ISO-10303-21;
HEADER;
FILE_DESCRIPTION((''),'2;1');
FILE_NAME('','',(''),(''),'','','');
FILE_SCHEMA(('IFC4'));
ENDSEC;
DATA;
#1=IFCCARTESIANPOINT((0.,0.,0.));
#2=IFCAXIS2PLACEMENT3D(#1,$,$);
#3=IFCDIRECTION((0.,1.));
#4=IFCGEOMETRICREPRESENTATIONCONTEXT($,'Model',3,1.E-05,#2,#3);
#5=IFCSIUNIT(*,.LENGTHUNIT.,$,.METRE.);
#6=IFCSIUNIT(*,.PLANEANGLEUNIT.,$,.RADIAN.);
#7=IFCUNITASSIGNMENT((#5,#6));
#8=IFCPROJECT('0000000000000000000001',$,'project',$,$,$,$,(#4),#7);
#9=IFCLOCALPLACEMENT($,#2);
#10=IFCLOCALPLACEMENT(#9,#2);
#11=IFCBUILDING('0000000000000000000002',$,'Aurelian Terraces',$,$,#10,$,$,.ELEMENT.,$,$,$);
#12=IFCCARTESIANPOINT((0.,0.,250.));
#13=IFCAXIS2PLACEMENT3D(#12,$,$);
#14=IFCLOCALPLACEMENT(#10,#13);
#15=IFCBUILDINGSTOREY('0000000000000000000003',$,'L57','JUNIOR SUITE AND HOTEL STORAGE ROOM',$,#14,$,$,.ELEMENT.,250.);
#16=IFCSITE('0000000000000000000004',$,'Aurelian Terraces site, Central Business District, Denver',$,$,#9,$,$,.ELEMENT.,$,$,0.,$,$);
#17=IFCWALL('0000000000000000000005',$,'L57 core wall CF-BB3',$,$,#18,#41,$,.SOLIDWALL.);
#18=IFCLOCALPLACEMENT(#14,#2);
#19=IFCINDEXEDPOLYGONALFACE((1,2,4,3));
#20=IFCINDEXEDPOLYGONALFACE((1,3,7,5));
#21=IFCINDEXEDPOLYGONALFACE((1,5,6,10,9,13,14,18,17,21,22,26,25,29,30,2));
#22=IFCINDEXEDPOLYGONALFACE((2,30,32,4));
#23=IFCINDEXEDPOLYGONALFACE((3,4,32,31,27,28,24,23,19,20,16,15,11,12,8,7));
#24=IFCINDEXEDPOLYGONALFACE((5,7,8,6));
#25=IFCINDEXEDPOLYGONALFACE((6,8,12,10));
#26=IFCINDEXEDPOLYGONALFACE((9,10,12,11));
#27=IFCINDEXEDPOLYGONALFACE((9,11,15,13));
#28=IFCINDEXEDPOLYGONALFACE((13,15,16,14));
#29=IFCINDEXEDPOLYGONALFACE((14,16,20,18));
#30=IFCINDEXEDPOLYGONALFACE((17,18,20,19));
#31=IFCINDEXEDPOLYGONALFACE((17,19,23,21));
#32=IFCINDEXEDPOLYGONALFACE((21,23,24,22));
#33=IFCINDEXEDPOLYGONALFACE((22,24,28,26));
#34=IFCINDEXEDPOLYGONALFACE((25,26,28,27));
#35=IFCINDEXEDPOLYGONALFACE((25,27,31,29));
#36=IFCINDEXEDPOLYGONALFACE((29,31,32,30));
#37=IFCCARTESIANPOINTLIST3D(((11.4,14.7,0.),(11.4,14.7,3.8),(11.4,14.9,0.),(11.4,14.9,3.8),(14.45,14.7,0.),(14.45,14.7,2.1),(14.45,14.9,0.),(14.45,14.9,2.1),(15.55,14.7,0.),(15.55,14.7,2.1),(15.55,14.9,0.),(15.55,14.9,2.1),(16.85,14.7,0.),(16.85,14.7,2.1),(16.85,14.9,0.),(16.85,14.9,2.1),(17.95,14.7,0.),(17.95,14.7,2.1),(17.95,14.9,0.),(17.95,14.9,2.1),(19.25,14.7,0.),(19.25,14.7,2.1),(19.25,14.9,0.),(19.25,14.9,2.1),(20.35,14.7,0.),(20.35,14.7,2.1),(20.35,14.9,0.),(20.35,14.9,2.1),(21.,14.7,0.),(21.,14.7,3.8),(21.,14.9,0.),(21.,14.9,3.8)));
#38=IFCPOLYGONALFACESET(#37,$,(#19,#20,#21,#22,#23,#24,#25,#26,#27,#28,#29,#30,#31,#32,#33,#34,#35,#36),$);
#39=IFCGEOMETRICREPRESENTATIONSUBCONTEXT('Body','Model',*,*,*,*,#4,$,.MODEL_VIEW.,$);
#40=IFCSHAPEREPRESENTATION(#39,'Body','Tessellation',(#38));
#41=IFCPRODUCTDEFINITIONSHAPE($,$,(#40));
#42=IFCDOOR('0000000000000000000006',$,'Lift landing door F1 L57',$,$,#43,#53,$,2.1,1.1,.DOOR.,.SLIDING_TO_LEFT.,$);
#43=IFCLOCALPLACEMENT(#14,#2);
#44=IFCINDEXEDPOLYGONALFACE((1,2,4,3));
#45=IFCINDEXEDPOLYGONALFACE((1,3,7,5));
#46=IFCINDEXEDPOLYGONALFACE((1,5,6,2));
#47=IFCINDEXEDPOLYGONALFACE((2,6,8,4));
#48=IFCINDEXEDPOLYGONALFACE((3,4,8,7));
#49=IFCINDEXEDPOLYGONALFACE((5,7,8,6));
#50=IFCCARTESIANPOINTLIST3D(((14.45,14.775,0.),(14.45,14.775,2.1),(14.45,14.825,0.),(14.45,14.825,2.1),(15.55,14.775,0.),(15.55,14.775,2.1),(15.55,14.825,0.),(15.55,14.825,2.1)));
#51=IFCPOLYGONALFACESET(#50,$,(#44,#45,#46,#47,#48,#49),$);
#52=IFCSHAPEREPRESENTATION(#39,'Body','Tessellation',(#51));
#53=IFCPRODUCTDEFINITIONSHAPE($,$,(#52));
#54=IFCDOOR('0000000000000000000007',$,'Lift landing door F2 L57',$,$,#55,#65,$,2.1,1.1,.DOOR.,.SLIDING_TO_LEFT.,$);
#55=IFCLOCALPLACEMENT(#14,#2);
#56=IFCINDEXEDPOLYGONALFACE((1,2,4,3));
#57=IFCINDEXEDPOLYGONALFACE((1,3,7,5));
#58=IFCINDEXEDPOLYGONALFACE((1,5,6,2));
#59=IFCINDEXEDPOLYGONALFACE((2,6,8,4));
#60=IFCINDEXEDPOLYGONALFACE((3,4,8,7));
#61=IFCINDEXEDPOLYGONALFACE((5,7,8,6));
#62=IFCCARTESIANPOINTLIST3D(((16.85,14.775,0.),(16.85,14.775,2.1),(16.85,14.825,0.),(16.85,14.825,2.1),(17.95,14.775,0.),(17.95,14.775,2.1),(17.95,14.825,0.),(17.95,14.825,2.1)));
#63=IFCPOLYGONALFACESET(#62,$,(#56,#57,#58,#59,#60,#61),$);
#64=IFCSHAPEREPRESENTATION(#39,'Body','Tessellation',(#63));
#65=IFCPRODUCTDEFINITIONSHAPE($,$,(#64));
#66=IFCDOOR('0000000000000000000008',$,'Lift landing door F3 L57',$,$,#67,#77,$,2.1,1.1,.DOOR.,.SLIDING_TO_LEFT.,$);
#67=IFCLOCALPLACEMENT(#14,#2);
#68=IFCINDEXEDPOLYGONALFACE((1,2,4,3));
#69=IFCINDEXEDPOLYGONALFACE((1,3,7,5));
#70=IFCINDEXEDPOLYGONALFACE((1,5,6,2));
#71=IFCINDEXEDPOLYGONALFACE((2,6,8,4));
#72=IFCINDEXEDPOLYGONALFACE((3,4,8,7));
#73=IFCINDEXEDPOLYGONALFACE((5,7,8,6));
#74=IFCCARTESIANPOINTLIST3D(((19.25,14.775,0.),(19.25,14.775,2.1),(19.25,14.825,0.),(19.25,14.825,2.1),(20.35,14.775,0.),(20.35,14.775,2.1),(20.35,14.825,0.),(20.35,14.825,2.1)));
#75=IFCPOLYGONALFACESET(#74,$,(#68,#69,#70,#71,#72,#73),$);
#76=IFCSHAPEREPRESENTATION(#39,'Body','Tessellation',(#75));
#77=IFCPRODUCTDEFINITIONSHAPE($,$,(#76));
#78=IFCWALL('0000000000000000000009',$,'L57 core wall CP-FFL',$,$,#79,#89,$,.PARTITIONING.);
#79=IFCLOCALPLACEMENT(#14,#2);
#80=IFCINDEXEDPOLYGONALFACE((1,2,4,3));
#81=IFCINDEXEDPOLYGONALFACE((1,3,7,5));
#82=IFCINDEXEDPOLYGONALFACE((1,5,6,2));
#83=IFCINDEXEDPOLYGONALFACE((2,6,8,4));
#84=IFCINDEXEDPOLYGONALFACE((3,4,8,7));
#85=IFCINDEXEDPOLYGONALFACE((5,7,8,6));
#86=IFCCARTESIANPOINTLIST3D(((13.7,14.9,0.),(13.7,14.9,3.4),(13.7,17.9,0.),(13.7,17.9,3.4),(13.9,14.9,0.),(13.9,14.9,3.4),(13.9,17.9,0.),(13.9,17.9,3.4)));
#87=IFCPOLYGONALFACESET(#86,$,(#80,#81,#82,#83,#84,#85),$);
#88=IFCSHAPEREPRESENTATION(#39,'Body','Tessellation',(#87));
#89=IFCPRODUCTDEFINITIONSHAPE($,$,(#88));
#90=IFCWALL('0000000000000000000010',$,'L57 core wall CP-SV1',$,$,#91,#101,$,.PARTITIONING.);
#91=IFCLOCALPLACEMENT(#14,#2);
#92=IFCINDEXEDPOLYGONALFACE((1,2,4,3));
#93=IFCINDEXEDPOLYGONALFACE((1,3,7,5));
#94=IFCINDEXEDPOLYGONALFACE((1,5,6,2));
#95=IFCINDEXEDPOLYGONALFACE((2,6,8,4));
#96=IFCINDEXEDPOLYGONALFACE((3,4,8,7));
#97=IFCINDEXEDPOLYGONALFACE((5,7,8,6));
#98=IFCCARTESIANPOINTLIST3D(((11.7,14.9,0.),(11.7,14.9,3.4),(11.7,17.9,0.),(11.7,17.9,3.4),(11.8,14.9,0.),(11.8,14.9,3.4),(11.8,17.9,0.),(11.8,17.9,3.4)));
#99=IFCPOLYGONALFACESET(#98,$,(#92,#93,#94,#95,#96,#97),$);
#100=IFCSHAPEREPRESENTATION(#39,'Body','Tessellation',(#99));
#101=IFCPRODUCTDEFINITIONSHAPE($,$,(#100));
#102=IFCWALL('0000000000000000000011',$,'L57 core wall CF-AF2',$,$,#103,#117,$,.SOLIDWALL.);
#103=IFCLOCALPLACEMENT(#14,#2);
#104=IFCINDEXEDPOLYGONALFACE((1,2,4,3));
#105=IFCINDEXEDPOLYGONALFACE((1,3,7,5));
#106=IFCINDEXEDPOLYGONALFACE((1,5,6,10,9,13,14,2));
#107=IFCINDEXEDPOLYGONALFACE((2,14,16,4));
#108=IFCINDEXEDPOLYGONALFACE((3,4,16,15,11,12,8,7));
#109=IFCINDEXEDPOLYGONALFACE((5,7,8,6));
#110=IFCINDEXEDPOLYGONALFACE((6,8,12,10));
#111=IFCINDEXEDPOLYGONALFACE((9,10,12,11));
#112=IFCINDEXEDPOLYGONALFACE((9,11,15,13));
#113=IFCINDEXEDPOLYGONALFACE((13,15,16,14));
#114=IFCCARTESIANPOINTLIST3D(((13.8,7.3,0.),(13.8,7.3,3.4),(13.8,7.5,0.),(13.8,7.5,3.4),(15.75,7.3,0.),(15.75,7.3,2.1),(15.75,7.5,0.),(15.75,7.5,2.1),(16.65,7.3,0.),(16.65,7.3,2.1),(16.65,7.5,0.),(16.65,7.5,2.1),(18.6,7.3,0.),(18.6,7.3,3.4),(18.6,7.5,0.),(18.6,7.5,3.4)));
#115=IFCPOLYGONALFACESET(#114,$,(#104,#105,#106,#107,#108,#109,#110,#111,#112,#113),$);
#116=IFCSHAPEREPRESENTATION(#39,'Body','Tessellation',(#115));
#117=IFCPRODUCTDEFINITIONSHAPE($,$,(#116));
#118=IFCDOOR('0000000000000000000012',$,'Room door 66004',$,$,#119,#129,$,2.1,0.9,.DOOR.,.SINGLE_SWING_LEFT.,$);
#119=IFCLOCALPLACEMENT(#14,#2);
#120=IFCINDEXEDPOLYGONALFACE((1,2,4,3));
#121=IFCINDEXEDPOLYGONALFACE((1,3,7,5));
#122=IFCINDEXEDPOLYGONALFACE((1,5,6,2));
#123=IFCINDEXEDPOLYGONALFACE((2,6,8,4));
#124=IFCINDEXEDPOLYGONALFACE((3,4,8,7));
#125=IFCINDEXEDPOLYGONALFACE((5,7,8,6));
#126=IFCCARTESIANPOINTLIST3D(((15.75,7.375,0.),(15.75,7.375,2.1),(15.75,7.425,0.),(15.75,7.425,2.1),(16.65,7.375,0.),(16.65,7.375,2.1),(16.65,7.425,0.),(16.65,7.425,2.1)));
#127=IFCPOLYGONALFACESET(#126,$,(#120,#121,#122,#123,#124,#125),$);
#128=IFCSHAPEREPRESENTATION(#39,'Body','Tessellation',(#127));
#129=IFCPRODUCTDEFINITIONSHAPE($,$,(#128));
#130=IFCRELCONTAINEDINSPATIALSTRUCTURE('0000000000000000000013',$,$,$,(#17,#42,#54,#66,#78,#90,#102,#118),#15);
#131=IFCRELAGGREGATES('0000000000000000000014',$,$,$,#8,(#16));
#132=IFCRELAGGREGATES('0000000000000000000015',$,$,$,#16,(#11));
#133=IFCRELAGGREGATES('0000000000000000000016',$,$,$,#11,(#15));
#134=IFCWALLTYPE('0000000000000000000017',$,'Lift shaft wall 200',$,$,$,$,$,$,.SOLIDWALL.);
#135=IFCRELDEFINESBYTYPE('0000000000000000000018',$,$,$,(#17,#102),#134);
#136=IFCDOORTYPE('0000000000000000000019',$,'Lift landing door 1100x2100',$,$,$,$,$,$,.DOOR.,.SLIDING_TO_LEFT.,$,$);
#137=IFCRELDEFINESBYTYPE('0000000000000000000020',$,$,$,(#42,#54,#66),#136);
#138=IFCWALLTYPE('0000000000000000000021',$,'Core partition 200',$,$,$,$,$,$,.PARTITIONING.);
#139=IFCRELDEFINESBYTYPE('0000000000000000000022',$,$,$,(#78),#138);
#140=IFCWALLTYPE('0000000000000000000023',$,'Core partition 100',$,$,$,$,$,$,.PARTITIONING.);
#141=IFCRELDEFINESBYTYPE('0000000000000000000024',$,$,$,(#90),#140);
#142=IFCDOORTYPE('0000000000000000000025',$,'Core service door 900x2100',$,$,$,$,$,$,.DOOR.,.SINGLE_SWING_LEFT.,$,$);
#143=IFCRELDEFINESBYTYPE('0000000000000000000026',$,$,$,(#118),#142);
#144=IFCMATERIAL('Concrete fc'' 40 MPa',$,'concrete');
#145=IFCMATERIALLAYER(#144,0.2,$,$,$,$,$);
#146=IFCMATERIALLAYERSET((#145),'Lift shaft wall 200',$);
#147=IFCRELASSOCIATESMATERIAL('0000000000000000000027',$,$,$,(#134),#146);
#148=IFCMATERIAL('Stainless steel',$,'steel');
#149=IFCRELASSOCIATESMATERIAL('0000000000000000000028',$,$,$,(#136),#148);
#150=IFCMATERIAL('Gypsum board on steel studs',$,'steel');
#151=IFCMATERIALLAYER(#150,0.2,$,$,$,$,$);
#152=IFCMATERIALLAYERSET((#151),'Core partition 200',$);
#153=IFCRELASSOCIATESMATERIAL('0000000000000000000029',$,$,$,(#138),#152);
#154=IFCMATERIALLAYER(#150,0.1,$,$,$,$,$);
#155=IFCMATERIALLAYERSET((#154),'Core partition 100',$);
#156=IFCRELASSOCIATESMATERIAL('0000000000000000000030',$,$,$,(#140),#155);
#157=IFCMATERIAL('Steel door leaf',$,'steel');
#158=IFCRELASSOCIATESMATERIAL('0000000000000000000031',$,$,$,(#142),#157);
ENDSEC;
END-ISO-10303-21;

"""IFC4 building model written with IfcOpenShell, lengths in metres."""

from ifc_helpers import new_model, si_unit, direction, frame, frame_2d, origin, place, context, subcontext, project, spatial, rectangle, extrude, source, transform, mapped, material, layer, layer_set, type_object, element, fill, save


model = new_model("IFC4")

# Units and contexts
model_context = context("Model", 3, precision=1e-05, world=origin(), true_north=direction((0.0, 1.0)))
body_context = subcontext(model_context, "Body", "Model", "MODEL_VIEW")
ifc_project = project(units=[si_unit("LENGTHUNIT", "METRE"), si_unit("PLANEANGLEUNIT", "RADIAN")], contexts=[model_context])

# Site, building, storey
site_placement = place(None, origin())
site = spatial("IfcSite", under=ifc_project, at=site_placement, Name="Aurelian Terraces site, Central Business District, Denver", CompositionType="ELEMENT", RefElevation=0.0)
building_placement = place(site_placement, origin())
building = spatial("IfcBuilding", under=site, at=building_placement, Name="Aurelian Terraces", CompositionType="ELEMENT")
storey_placement = place(building_placement, frame((0.0, 0.0, 250.0)))
storey = spatial("IfcBuildingStorey", under=building, at=storey_placement, Name="L57", Description="JUNIOR SUITE AND HOTEL STORAGE ROOM", CompositionType="ELEMENT", Elevation=250.0)

# Shared definitions
ifc_material_1 = material(Name="Concrete fc' 40 MPa", Category="concrete")

# Shared definitions
ifc_layer_1 = layer(ifc_material_1, 0.2)
ifc_layer_set_1 = layer_set([ifc_layer_1], Name="Lift shaft wall 200")
wall_type_1 = type_object("IfcWallType", Name="Lift shaft wall 200", PredefinedType="SOLIDWALL", material=ifc_layer_set_1)
shared_shape_1 = source(origin(), body_context, "Body", "SweptSolid", [
    extrude(rectangle(XDim=9.6, YDim=0.2, at=frame_2d((4.8, 0.0))), origin(), (0.0, 0.0, 1.0), 3.8),
])

# Wall, openings, doors
wall_1_placement = place(storey_placement, frame((11.4, 14.8, 0.0), z_axis=(0.0, 0.0, 1.0), x_axis=(1.0, 0.0, 0.0)))
wall_1 = element("IfcWall", 1, at=wall_1_placement, inside=storey, type_object=wall_type_1, Name="L57 core wall CF-BB3", PredefinedType="SOLIDWALL", context=body_context, shape_type="MappedRepresentation", body=[
    mapped(shared_shape_1, transform((0.0, 0.0, 0.0), scale=1.0)),
])
shared_shape_2 = source(origin(), body_context, "Body", "SweptSolid", [
    extrude(rectangle(XDim=1.1, YDim=2.1, at=frame_2d((0.55, 1.05))), frame((0.0, 0.11, 0.0), z_axis=(0.0, -1.0, 0.0), x_axis=(1.0, 0.0, 0.0)), (0.0, 0.0, 1.0), 0.22),
])
opening_1_placement = place(wall_1_placement, frame((3.05, 0.0, 0.0)))
opening_1 = element("IfcOpeningElement", 2, at=opening_1_placement, cuts=wall_1, PredefinedType="OPENING", context=body_context, shape_type="MappedRepresentation", body=[
    mapped(shared_shape_2, transform((0.0, 0.0, 0.0), scale=1.0)),
])
opening_2_placement = place(wall_1_placement, frame((5.45, 0.0, 0.0)))
opening_2 = element("IfcOpeningElement", 3, at=opening_2_placement, cuts=wall_1, PredefinedType="OPENING", context=body_context, shape_type="MappedRepresentation", body=[
    mapped(shared_shape_2, transform((0.0, 0.0, 0.0), scale=1.0)),
])
opening_3_placement = place(wall_1_placement, frame((7.85, 0.0, 0.0)))
opening_3 = element("IfcOpeningElement", 4, at=opening_3_placement, cuts=wall_1, PredefinedType="OPENING", context=body_context, shape_type="MappedRepresentation", body=[
    mapped(shared_shape_2, transform((0.0, 0.0, 0.0), scale=1.0)),
])
ifc_material_2 = material(Name="Stainless steel", Category="steel")
door_type_1 = type_object("IfcDoorType", Name="Lift landing door 1100x2100", OperationType="SLIDING_TO_LEFT", PredefinedType="DOOR", material=ifc_material_2)
shared_shape_3 = source(origin(), body_context, "Body", "SweptSolid", [
    extrude(rectangle(XDim=1.1, YDim=2.1, at=frame_2d((0.55, 1.05))), frame((0.0, 0.025, 0.0), z_axis=(0.0, -1.0, 0.0), x_axis=(1.0, 0.0, 0.0)), (0.0, 0.0, 1.0), 0.05),
])
door_1_placement = place(opening_1_placement, origin())
door_1 = element("IfcDoor", 5, at=door_1_placement, inside=storey, type_object=door_type_1, Name="Lift landing door F1 L57", OperationType="SLIDING_TO_LEFT", OverallHeight=2.1, OverallWidth=1.1, PredefinedType="DOOR", context=body_context, shape_type="MappedRepresentation", body=[
    mapped(shared_shape_3, transform((0.0, 0.0, 0.0), scale=1.0)),
])
fill(opening_1, door_1)
door_2_placement = place(opening_2_placement, origin())
door_2 = element("IfcDoor", 6, at=door_2_placement, inside=storey, type_object=door_type_1, Name="Lift landing door F2 L57", OperationType="SLIDING_TO_LEFT", OverallHeight=2.1, OverallWidth=1.1, PredefinedType="DOOR", context=body_context, shape_type="MappedRepresentation", body=[
    mapped(shared_shape_3, transform((0.0, 0.0, 0.0), scale=1.0)),
])
fill(opening_2, door_2)
door_3_placement = place(opening_3_placement, origin())
door_3 = element("IfcDoor", 7, at=door_3_placement, inside=storey, type_object=door_type_1, Name="Lift landing door F3 L57", OperationType="SLIDING_TO_LEFT", OverallHeight=2.1, OverallWidth=1.1, PredefinedType="DOOR", context=body_context, shape_type="MappedRepresentation", body=[
    mapped(shared_shape_3, transform((0.0, 0.0, 0.0), scale=1.0)),
])
fill(opening_3, door_3)

# Walls
ifc_material_3 = material(Name="Gypsum board on steel studs", Category="steel")
ifc_layer_2 = layer(ifc_material_3, 0.2)
ifc_layer_set_2 = layer_set([ifc_layer_2], Name="Core partition 200")
wall_type_2 = type_object("IfcWallType", Name="Core partition 200", PredefinedType="PARTITIONING", material=ifc_layer_set_2)
shared_shape_4 = source(origin(), body_context, "Body", "SweptSolid", [
    extrude(rectangle(XDim=3.0, YDim=0.2, at=frame_2d((1.5, 0.0))), origin(), (0.0, 0.0, 1.0), 3.4),
])
wall_2_placement = place(storey_placement, frame((13.8, 14.9, 0.0), z_axis=(0.0, 0.0, 1.0), x_axis=(0.0, 1.0, 0.0)))
element("IfcWall", 8, at=wall_2_placement, inside=storey, type_object=wall_type_2, Name="L57 core wall CP-FFL", PredefinedType="PARTITIONING", context=body_context, shape_type="MappedRepresentation", body=[
    mapped(shared_shape_4, transform((0.0, 0.0, 0.0), scale=1.0)),
])
ifc_layer_3 = layer(ifc_material_3, 0.1)
ifc_layer_set_3 = layer_set([ifc_layer_3], Name="Core partition 100")
wall_type_3 = type_object("IfcWallType", Name="Core partition 100", PredefinedType="PARTITIONING", material=ifc_layer_set_3)
shared_shape_5 = source(origin(), body_context, "Body", "SweptSolid", [
    extrude(rectangle(XDim=3.0, YDim=0.1, at=frame_2d((1.5, 0.0))), origin(), (0.0, 0.0, 1.0), 3.4),
])
wall_3_placement = place(storey_placement, frame((11.75, 14.9, 0.0), z_axis=(0.0, 0.0, 1.0), x_axis=(0.0, 1.0, 0.0)))
element("IfcWall", 9, at=wall_3_placement, inside=storey, type_object=wall_type_3, Name="L57 core wall CP-SV1", PredefinedType="PARTITIONING", context=body_context, shape_type="MappedRepresentation", body=[
    mapped(shared_shape_5, transform((0.0, 0.0, 0.0), scale=1.0)),
])

# Wall, opening, door
shared_shape_6 = source(origin(), body_context, "Body", "SweptSolid", [
    extrude(rectangle(XDim=4.8, YDim=0.2, at=frame_2d((2.4, 0.0))), origin(), (0.0, 0.0, 1.0), 3.4),
])
wall_4_placement = place(storey_placement, frame((13.8, 7.4, 0.0), z_axis=(0.0, 0.0, 1.0), x_axis=(1.0, 0.0, 0.0)))
wall_4 = element("IfcWall", 10, at=wall_4_placement, inside=storey, type_object=wall_type_1, Name="L57 core wall CF-AF2", PredefinedType="SOLIDWALL", context=body_context, shape_type="MappedRepresentation", body=[
    mapped(shared_shape_6, transform((0.0, 0.0, 0.0), scale=1.0)),
])
shared_shape_7 = source(origin(), body_context, "Body", "SweptSolid", [
    extrude(rectangle(XDim=0.9, YDim=2.1, at=frame_2d((0.45, 1.05))), frame((0.0, 0.11, 0.0), z_axis=(0.0, -1.0, 0.0), x_axis=(1.0, 0.0, 0.0)), (0.0, 0.0, 1.0), 0.22),
])
opening_4_placement = place(wall_4_placement, frame((1.95, 0.0, 0.0)))
opening_4 = element("IfcOpeningElement", 11, at=opening_4_placement, cuts=wall_4, PredefinedType="OPENING", context=body_context, shape_type="MappedRepresentation", body=[
    mapped(shared_shape_7, transform((0.0, 0.0, 0.0), scale=1.0)),
])
ifc_material_4 = material(Name="Steel door leaf", Category="steel")
door_type_2 = type_object("IfcDoorType", Name="Core service door 900x2100", OperationType="SINGLE_SWING_LEFT", PredefinedType="DOOR", material=ifc_material_4)
shared_shape_8 = source(origin(), body_context, "Body", "SweptSolid", [
    extrude(rectangle(XDim=0.9, YDim=2.1, at=frame_2d((0.45, 1.05))), frame((0.0, 0.025, 0.0), z_axis=(0.0, -1.0, 0.0), x_axis=(1.0, 0.0, 0.0)), (0.0, 0.0, 1.0), 0.05),
])
door_4_placement = place(opening_4_placement, origin())
door_4 = element("IfcDoor", 12, at=door_4_placement, inside=storey, type_object=door_type_2, Name="Room door 66004", OperationType="SINGLE_SWING_LEFT", OverallHeight=2.1, OverallWidth=0.9, PredefinedType="DOOR", context=body_context, shape_type="MappedRepresentation", body=[
    mapped(shared_shape_8, transform((0.0, 0.0, 0.0), scale=1.0)),
])
fill(opening_4, door_4)

save(model, "model.ifc")
